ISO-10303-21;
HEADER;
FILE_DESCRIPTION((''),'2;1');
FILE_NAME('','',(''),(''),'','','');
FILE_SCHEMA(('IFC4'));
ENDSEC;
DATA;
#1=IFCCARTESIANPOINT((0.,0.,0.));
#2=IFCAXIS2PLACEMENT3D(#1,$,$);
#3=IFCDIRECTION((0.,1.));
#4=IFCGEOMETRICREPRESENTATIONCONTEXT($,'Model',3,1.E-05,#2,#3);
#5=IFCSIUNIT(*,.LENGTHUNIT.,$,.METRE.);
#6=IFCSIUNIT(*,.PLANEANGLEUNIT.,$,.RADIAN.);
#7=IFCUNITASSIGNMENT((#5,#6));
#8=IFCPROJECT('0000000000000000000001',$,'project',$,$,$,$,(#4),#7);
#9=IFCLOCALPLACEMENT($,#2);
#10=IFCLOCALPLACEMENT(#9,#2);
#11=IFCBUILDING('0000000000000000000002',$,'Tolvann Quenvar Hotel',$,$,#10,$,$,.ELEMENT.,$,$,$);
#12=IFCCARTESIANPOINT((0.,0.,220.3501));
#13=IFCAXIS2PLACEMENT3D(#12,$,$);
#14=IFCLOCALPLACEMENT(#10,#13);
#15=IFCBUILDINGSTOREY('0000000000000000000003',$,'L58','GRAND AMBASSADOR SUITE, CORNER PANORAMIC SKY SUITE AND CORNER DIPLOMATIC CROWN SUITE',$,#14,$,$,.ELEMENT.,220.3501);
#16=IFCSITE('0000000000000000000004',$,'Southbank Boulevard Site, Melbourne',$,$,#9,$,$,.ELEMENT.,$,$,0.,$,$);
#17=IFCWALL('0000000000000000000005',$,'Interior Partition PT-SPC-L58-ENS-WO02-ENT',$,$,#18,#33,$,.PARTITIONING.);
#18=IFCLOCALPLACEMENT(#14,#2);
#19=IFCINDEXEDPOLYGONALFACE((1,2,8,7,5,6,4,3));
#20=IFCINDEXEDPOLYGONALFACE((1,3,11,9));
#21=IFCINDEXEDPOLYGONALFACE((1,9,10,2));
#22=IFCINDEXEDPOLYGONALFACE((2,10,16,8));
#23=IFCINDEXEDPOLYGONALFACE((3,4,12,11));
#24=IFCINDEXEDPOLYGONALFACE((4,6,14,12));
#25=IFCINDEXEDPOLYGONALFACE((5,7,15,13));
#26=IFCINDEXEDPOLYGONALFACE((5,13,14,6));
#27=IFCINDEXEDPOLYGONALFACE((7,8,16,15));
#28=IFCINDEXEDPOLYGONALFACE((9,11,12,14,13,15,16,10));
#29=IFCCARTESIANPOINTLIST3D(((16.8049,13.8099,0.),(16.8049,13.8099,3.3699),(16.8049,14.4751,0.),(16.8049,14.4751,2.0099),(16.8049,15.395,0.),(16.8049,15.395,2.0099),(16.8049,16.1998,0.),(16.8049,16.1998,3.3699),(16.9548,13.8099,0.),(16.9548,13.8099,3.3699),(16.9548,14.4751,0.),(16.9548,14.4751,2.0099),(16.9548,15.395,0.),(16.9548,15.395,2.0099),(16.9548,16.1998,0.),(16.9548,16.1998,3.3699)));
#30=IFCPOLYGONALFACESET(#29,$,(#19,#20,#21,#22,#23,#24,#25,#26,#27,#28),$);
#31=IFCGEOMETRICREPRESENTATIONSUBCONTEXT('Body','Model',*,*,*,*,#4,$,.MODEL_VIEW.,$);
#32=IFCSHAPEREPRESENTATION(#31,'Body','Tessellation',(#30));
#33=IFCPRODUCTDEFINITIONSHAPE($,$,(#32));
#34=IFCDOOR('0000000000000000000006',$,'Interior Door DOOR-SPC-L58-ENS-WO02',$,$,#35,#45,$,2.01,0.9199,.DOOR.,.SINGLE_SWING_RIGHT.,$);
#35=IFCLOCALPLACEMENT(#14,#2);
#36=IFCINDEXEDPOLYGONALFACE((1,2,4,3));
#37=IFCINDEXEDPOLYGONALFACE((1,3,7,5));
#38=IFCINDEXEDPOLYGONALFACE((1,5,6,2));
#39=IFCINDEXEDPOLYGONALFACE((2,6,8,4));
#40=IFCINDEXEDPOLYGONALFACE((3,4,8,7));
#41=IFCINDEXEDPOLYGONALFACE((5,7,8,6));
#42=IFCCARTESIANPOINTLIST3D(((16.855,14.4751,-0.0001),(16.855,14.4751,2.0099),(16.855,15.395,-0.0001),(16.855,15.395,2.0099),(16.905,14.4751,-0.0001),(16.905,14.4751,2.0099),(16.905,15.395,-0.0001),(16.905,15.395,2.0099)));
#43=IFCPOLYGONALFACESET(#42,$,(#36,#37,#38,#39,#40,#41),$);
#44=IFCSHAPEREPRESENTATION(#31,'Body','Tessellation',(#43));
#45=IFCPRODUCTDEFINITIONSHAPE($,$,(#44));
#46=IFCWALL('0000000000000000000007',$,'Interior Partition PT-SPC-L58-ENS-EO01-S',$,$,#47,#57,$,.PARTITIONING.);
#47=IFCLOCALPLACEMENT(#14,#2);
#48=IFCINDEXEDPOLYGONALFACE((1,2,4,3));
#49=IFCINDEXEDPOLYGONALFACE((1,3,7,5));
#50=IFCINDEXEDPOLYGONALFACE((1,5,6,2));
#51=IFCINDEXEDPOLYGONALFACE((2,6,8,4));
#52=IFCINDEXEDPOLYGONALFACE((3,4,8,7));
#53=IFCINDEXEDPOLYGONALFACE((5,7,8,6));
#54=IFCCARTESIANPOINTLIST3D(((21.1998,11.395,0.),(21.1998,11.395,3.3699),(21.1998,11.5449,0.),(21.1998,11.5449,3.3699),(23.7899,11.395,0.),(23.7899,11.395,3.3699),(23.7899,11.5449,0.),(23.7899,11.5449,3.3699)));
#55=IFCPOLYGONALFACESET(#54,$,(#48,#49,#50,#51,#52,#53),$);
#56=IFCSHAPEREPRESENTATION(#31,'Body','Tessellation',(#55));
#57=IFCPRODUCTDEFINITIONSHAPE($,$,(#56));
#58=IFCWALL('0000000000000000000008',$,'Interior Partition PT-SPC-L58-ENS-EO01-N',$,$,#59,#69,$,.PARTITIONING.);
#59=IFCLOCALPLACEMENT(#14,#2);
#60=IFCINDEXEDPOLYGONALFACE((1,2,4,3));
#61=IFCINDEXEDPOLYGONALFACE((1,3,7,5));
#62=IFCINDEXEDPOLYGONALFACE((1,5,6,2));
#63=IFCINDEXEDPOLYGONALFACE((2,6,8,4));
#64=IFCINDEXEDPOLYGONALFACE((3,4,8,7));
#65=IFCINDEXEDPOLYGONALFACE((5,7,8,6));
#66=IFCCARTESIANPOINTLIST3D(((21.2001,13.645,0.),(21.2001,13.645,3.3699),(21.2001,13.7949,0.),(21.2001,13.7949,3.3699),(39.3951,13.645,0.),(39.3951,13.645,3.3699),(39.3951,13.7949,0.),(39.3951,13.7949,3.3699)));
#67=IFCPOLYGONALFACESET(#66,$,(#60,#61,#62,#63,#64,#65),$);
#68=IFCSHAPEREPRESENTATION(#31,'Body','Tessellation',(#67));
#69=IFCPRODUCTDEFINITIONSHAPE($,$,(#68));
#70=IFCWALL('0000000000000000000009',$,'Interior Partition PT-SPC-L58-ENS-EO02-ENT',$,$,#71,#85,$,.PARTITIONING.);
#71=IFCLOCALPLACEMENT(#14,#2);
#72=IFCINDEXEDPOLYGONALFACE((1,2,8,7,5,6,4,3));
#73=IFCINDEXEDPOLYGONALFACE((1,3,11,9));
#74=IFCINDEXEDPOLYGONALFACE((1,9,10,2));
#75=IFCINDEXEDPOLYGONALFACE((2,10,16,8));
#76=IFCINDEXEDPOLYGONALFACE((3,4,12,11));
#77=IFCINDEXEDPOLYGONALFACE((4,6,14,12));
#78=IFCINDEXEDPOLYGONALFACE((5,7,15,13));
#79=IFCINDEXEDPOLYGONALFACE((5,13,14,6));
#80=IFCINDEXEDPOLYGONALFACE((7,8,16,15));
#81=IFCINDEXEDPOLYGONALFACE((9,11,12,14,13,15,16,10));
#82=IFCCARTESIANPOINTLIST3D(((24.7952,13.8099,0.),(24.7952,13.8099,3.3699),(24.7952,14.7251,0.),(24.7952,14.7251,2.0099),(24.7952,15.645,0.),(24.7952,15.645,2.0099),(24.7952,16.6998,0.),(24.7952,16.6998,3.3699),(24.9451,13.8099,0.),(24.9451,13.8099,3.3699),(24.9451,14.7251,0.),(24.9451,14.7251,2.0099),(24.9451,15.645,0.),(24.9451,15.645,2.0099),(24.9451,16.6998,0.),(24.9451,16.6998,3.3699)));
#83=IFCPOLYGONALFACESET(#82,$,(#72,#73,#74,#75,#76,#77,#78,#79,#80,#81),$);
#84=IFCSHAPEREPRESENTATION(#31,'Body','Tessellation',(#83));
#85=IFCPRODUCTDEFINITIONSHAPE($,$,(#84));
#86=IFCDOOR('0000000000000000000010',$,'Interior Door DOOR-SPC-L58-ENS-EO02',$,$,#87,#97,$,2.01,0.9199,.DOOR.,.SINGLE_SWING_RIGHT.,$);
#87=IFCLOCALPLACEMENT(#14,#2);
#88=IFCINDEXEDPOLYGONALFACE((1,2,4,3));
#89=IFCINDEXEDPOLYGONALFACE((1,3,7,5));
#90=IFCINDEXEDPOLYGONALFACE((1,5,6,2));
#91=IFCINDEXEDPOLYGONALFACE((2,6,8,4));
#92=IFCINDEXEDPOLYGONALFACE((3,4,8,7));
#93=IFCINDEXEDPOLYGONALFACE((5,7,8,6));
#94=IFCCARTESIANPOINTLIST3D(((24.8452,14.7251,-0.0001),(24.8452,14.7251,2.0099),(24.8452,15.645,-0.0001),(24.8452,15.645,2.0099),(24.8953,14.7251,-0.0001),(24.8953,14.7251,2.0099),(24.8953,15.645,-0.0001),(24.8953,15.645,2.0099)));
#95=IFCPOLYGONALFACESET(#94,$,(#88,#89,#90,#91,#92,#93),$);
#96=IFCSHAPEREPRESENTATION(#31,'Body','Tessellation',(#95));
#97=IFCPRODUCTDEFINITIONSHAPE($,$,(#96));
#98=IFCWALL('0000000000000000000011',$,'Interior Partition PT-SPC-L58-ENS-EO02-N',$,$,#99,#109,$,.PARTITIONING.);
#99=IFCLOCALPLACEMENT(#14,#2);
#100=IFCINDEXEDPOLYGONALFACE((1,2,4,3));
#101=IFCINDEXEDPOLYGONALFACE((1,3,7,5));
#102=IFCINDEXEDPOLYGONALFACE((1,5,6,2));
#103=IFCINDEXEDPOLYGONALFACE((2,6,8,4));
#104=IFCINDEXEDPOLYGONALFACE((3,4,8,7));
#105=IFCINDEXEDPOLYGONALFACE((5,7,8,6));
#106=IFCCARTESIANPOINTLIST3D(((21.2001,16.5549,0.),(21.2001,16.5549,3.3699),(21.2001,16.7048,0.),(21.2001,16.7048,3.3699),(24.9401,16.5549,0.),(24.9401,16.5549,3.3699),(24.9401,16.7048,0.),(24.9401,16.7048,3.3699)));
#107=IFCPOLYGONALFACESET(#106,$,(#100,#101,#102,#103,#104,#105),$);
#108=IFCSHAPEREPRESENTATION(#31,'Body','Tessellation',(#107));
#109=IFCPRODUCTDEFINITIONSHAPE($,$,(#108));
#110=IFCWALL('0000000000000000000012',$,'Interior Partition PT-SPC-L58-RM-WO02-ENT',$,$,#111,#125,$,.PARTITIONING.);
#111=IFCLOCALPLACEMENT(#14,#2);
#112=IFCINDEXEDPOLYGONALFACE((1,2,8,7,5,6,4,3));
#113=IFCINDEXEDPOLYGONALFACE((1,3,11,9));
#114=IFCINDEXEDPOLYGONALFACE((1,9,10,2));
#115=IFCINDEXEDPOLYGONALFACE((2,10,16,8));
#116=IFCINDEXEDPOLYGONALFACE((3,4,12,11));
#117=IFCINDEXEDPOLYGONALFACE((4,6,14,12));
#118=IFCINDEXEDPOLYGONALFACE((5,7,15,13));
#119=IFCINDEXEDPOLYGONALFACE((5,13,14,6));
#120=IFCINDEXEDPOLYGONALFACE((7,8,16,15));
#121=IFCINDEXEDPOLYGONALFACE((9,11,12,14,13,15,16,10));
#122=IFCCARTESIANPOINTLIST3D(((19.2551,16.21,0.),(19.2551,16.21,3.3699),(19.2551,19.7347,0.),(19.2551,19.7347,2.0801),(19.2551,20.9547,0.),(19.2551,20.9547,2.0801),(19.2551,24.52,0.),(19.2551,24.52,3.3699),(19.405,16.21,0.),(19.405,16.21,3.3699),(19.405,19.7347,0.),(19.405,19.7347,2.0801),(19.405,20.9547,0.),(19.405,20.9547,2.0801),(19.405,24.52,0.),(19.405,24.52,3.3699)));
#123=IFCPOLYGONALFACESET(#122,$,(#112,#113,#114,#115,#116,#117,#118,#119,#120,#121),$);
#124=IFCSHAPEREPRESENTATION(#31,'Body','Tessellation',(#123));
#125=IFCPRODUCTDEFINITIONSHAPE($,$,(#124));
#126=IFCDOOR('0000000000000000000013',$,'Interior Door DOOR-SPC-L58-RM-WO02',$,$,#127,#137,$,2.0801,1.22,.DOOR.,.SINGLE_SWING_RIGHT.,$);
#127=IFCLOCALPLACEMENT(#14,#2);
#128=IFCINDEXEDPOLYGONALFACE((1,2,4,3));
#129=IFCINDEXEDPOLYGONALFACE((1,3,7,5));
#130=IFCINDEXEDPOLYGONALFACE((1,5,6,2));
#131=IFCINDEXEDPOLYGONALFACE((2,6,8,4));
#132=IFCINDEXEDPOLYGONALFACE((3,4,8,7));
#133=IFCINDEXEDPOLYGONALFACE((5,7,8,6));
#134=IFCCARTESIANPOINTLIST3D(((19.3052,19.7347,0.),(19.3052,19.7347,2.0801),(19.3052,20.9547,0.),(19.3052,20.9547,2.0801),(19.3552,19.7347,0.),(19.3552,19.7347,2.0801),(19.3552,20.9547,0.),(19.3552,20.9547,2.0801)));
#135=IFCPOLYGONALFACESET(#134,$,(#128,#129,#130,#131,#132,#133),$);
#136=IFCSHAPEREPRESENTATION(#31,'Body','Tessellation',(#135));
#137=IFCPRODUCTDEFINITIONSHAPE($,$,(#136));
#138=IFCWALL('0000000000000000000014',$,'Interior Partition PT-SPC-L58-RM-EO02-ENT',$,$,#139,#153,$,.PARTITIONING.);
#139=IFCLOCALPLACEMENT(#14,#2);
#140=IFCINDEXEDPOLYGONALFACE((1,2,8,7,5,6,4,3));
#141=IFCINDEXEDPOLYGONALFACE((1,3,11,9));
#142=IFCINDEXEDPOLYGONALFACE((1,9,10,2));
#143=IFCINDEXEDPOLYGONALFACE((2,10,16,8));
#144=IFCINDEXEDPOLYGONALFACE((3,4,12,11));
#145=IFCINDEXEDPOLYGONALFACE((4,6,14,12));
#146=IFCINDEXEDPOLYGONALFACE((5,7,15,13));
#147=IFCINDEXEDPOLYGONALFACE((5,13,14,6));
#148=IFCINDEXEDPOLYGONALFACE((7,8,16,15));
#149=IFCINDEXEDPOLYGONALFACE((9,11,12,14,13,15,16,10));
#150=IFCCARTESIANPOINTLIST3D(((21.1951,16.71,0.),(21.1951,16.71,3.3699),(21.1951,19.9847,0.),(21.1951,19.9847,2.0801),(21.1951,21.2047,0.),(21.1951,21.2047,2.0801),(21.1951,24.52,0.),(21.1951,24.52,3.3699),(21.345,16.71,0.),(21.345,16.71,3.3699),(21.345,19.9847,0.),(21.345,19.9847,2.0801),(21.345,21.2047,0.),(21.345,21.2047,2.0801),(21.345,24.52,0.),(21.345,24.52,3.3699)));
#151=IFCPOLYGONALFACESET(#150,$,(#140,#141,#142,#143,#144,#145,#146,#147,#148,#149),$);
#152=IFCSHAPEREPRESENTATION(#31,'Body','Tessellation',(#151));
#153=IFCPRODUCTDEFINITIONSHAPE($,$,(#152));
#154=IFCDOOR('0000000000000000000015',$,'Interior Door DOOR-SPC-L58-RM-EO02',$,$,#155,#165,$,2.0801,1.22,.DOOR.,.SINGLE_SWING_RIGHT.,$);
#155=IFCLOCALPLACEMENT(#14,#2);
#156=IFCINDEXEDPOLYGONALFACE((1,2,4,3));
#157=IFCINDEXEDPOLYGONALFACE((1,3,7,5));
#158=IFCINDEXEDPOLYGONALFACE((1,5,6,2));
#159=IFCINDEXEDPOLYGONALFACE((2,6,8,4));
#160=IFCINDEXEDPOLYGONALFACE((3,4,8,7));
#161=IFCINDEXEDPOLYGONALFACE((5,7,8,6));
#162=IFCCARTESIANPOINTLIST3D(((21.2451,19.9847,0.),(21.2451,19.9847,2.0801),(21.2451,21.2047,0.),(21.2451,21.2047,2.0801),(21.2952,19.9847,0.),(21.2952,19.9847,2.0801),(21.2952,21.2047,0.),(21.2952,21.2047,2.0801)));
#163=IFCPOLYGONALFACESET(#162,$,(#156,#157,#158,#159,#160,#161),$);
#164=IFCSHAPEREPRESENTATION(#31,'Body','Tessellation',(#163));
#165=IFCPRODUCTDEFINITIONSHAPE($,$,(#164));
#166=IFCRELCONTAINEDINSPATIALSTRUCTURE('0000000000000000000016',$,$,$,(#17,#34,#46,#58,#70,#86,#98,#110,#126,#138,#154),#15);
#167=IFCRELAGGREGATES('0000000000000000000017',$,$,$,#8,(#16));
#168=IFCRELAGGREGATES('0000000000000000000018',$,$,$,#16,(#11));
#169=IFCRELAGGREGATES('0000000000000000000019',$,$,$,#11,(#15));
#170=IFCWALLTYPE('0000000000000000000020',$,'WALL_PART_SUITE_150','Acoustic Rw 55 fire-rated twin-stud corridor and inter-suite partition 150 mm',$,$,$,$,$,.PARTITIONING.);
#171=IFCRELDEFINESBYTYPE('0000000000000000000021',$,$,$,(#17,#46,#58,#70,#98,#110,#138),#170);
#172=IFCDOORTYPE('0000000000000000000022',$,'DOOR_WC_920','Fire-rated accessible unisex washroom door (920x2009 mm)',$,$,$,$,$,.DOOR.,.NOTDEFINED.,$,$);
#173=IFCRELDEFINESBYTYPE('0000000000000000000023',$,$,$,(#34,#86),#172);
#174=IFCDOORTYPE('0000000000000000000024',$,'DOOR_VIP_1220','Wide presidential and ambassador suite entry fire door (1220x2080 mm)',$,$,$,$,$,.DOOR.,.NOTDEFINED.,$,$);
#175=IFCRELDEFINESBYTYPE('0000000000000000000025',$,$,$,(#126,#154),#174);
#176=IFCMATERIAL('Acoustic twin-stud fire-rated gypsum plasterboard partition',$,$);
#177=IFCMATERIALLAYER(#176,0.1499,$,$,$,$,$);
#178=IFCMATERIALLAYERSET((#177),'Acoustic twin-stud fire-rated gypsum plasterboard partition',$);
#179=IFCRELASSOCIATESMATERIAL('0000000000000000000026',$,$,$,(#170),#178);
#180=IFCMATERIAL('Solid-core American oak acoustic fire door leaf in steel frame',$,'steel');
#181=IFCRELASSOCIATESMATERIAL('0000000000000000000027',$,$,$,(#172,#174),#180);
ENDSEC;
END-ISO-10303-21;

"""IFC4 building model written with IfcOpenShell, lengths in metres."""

from ifc_helpers import new_model, si_unit, direction, frame, frame_2d, origin, place, context, subcontext, project, spatial, rectangle, extrude, source, transform, mapped, material, layer, layer_set, type_object, type_shapes, element, fill, save


model = new_model("IFC4")

# Units and contexts
model_context = context("Model", 3, precision=1e-05, world=origin(), true_north=direction((0.0, 1.0)))
body_context = subcontext(model_context, "Body", "Model", "MODEL_VIEW")
ifc_project = project(units=[si_unit("LENGTHUNIT", "METRE"), si_unit("PLANEANGLEUNIT", "RADIAN")], contexts=[model_context])

# Site, building, storey
site_placement = place(None, origin())
site = spatial("IfcSite", under=ifc_project, at=site_placement, Name="Southbank Boulevard Site, Melbourne", CompositionType="ELEMENT", RefElevation=0.0)
building_placement = place(site_placement, origin())
building = spatial("IfcBuilding", under=site, at=building_placement, Name="Tolvann Quenvar Hotel", CompositionType="ELEMENT")
storey_placement = place(building_placement, frame((0.0, 0.0, 220.3501)))
storey = spatial("IfcBuildingStorey", under=building, at=storey_placement, Name="L58", Description="GRAND AMBASSADOR SUITE, CORNER PANORAMIC SKY SUITE AND CORNER DIPLOMATIC CROWN SUITE", CompositionType="ELEMENT", Elevation=220.3501)

# Wall, opening, door
ifc_material_1 = material(Name="Acoustic twin-stud fire-rated gypsum plasterboard partition")
ifc_layer_1 = layer(ifc_material_1, 0.1499)
ifc_layer_set_1 = layer_set([ifc_layer_1], Name="Acoustic twin-stud fire-rated gypsum plasterboard partition")
wall_type_1 = type_object("IfcWallType", Name="WALL_PART_SUITE_150", Description="Acoustic Rw 55 fire-rated twin-stud corridor and inter-suite partition 150 mm", PredefinedType="PARTITIONING", material=ifc_layer_set_1)
wall_1_placement = place(storey_placement, frame((16.8799, 13.8101, 0.0), z_axis=(0.0, 0.0, 1.0), x_axis=(0.0, 1.0, 0.0)))
wall_1 = element("IfcWall", 1, at=wall_1_placement, inside=storey, type_object=wall_type_1, Name="Interior Partition PT-SPC-L58-ENS-WO02-ENT", PredefinedType="PARTITIONING", context=body_context, shape_type="SweptSolid", body=[
    extrude(rectangle(XDim=2.3899, YDim=0.1499, at=frame_2d((1.1948, 0.0))), origin(), (0.0, 0.0, 1.0), 3.3699),
])
opening_1_placement = place(wall_1_placement, frame((0.665, 0.0, 0.0)))
opening_1 = element("IfcOpeningElement", 2, at=opening_1_placement, cuts=wall_1, PredefinedType="OPENING", context=body_context, shape_type="SweptSolid", body=[
    extrude(rectangle(XDim=0.9199, YDim=2.01, at=frame_2d((0.46, 1.0049))), frame((0.0, 0.085, 0.0), z_axis=(0.0, -1.0, 0.0), x_axis=(1.0, 0.0, 0.0)), (0.0, 0.0, 1.0), 0.1699),
])
ifc_material_2 = material(Name="Solid-core American oak acoustic fire door leaf in steel frame", Category="steel")
door_type_1 = type_object("IfcDoorType", Name="DOOR_WC_920", Description="Fire-rated accessible unisex washroom door (920x2009 mm)", OperationType="NOTDEFINED", PredefinedType="DOOR", material=ifc_material_2)
shared_shape_1 = source(origin(), body_context, "Body", "SweptSolid", [
    extrude(rectangle(XDim=0.9199, YDim=2.01, at=frame_2d((0.46, 1.0049))), frame((0.0, 0.0249, 0.0), z_axis=(0.0, -1.0, 0.0), x_axis=(1.0, 0.0, 0.0)), (0.0, 0.0, 1.0), 0.05),
])
type_shapes(door_type_1, [shared_shape_1])
door_1_placement = place(opening_1_placement, origin())
door_1 = element("IfcDoor", 3, at=door_1_placement, inside=storey, type_object=door_type_1, Name="Interior Door DOOR-SPC-L58-ENS-WO02", OperationType="SINGLE_SWING_RIGHT", OverallHeight=2.01, OverallWidth=0.9199, PredefinedType="DOOR", context=body_context, shape_type="MappedRepresentation", body=[
    mapped(shared_shape_1, transform((0.0, 0.0, 0.0), x_axis=(1.0, 0.0, 0.0), y_axis=(0.0, 1.0, 0.0), z_axis=(0.0, 0.0, 1.0), scale=1.0)),
])
fill(opening_1, door_1)

# Walls
wall_2_placement = place(storey_placement, frame((21.2, 11.47, 0.0), z_axis=(0.0, 0.0, 1.0), x_axis=(1.0, 0.0, 0.0)))
element("IfcWall", 4, at=wall_2_placement, inside=storey, type_object=wall_type_1, Name="Interior Partition PT-SPC-L58-ENS-EO01-S", PredefinedType="PARTITIONING", context=body_context, shape_type="SweptSolid", body=[
    extrude(rectangle(XDim=2.5901, YDim=0.1499, at=frame_2d((1.2949, 0.0))), origin(), (0.0, 0.0, 1.0), 3.3699),
])
wall_3_placement = place(storey_placement, frame((21.2, 13.72, 0.0), z_axis=(0.0, 0.0, 1.0), x_axis=(1.0, 0.0, 0.0)))
element("IfcWall", 5, at=wall_3_placement, inside=storey, type_object=wall_type_1, Name="Interior Partition PT-SPC-L58-ENS-EO01-N", PredefinedType="PARTITIONING", context=body_context, shape_type="SweptSolid", body=[
    extrude(rectangle(XDim=18.1951, YDim=0.1499, at=frame_2d((9.0977, 0.0))), origin(), (0.0, 0.0, 1.0), 3.3699),
])

# Wall, opening, door
wall_4_placement = place(storey_placement, frame((24.8701, 13.8101, 0.0), z_axis=(0.0, 0.0, 1.0), x_axis=(0.0, 1.0, 0.0)))
wall_4 = element("IfcWall", 6, at=wall_4_placement, inside=storey, type_object=wall_type_1, Name="Interior Partition PT-SPC-L58-ENS-EO02-ENT", PredefinedType="PARTITIONING", context=body_context, shape_type="SweptSolid", body=[
    extrude(rectangle(XDim=2.8899, YDim=0.1499, at=frame_2d((1.4448, 0.0))), origin(), (0.0, 0.0, 1.0), 3.3699),
])
opening_2_placement = place(wall_4_placement, frame((0.915, 0.0, 0.0)))
opening_2 = element("IfcOpeningElement", 7, at=opening_2_placement, cuts=wall_4, PredefinedType="OPENING", context=body_context, shape_type="SweptSolid", body=[
    extrude(rectangle(XDim=0.9199, YDim=2.01, at=frame_2d((0.46, 1.0049))), frame((0.0, 0.085, 0.0), z_axis=(0.0, -1.0, 0.0), x_axis=(1.0, 0.0, 0.0)), (0.0, 0.0, 1.0), 0.1699),
])
door_2_placement = place(opening_2_placement, origin())
door_2 = element("IfcDoor", 8, at=door_2_placement, inside=storey, type_object=door_type_1, Name="Interior Door DOOR-SPC-L58-ENS-EO02", OperationType="SINGLE_SWING_RIGHT", OverallHeight=2.01, OverallWidth=0.9199, PredefinedType="DOOR", context=body_context, shape_type="MappedRepresentation", body=[
    mapped(shared_shape_1, transform((0.0, 0.0, 0.0), x_axis=(1.0, 0.0, 0.0), y_axis=(0.0, 1.0, 0.0), z_axis=(0.0, 0.0, 1.0), scale=1.0)),
])
fill(opening_2, door_2)

# Wall
wall_5_placement = place(storey_placement, frame((21.2, 16.6299, 0.0), z_axis=(0.0, 0.0, 1.0), x_axis=(1.0, 0.0, 0.0)))
element("IfcWall", 9, at=wall_5_placement, inside=storey, type_object=wall_type_1, Name="Interior Partition PT-SPC-L58-ENS-EO02-N", PredefinedType="PARTITIONING", context=body_context, shape_type="SweptSolid", body=[
    extrude(rectangle(XDim=3.74, YDim=0.1499, at=frame_2d((1.8701, 0.0))), origin(), (0.0, 0.0, 1.0), 3.3699),
])

# Walls, openings, doors
wall_6_placement = place(storey_placement, frame((19.3301, 16.21, 0.0), z_axis=(0.0, 0.0, 1.0), x_axis=(0.0, 1.0, 0.0)))
wall_6 = element("IfcWall", 10, at=wall_6_placement, inside=storey, type_object=wall_type_1, Name="Interior Partition PT-SPC-L58-RM-WO02-ENT", PredefinedType="PARTITIONING", context=body_context, shape_type="SweptSolid", body=[
    extrude(rectangle(XDim=8.3101, YDim=0.1499, at=frame_2d((4.155, 0.0))), origin(), (0.0, 0.0, 1.0), 3.3699),
])
opening_3_placement = place(wall_6_placement, frame((3.5249, 0.0, 0.0)))
opening_3 = element("IfcOpeningElement", 11, at=opening_3_placement, cuts=wall_6, PredefinedType="OPENING", context=body_context, shape_type="SweptSolid", body=[
    extrude(rectangle(XDim=1.22, YDim=2.0801, at=frame_2d((0.6099, 1.04))), frame((0.0, 0.085, 0.0), z_axis=(0.0, -1.0, 0.0), x_axis=(1.0, 0.0, 0.0)), (0.0, 0.0, 1.0), 0.1699),
])
door_type_2 = type_object("IfcDoorType", Name="DOOR_VIP_1220", Description="Wide presidential and ambassador suite entry fire door (1220x2080 mm)", OperationType="NOTDEFINED", PredefinedType="DOOR", material=ifc_material_2)
shared_shape_2 = source(origin(), body_context, "Body", "SweptSolid", [
    extrude(rectangle(XDim=1.22, YDim=2.0801, at=frame_2d((0.6099, 1.04))), frame((0.0, 0.0249, 0.0), z_axis=(0.0, -1.0, 0.0), x_axis=(1.0, 0.0, 0.0)), (0.0, 0.0, 1.0), 0.05),
])
type_shapes(door_type_2, [shared_shape_2])
door_3_placement = place(opening_3_placement, origin())
door_3 = element("IfcDoor", 12, at=door_3_placement, inside=storey, type_object=door_type_2, Name="Interior Door DOOR-SPC-L58-RM-WO02", OperationType="SINGLE_SWING_RIGHT", OverallHeight=2.0801, OverallWidth=1.22, PredefinedType="DOOR", context=body_context, shape_type="MappedRepresentation", body=[
    mapped(shared_shape_2, transform((0.0, 0.0, 0.0), x_axis=(1.0, 0.0, 0.0), y_axis=(0.0, 1.0, 0.0), z_axis=(0.0, 0.0, 1.0), scale=1.0)),
])
fill(opening_3, door_3)
wall_7_placement = place(storey_placement, frame((21.27, 16.71, 0.0), z_axis=(0.0, 0.0, 1.0), x_axis=(0.0, 1.0, 0.0)))
wall_7 = element("IfcWall", 13, at=wall_7_placement, inside=storey, type_object=wall_type_1, Name="Interior Partition PT-SPC-L58-RM-EO02-ENT", PredefinedType="PARTITIONING", context=body_context, shape_type="SweptSolid", body=[
    extrude(rectangle(XDim=7.8101, YDim=0.1499, at=frame_2d((3.905, 0.0))), origin(), (0.0, 0.0, 1.0), 3.3699),
])
opening_4_placement = place(wall_7_placement, frame((3.2749, 0.0, 0.0)))
opening_4 = element("IfcOpeningElement", 14, at=opening_4_placement, cuts=wall_7, PredefinedType="OPENING", context=body_context, shape_type="SweptSolid", body=[
    extrude(rectangle(XDim=1.22, YDim=2.0801, at=frame_2d((0.6099, 1.04))), frame((0.0, 0.085, 0.0), z_axis=(0.0, -1.0, 0.0), x_axis=(1.0, 0.0, 0.0)), (0.0, 0.0, 1.0), 0.1699),
])
door_4_placement = place(opening_4_placement, origin())
door_4 = element("IfcDoor", 15, at=door_4_placement, inside=storey, type_object=door_type_2, Name="Interior Door DOOR-SPC-L58-RM-EO02", OperationType="SINGLE_SWING_RIGHT", OverallHeight=2.0801, OverallWidth=1.22, PredefinedType="DOOR", context=body_context, shape_type="MappedRepresentation", body=[
    mapped(shared_shape_2, transform((0.0, 0.0, 0.0), x_axis=(1.0, 0.0, 0.0), y_axis=(0.0, 1.0, 0.0), z_axis=(0.0, 0.0, 1.0), scale=1.0)),
])
fill(opening_4, door_4)

save(model, "model.ifc")
